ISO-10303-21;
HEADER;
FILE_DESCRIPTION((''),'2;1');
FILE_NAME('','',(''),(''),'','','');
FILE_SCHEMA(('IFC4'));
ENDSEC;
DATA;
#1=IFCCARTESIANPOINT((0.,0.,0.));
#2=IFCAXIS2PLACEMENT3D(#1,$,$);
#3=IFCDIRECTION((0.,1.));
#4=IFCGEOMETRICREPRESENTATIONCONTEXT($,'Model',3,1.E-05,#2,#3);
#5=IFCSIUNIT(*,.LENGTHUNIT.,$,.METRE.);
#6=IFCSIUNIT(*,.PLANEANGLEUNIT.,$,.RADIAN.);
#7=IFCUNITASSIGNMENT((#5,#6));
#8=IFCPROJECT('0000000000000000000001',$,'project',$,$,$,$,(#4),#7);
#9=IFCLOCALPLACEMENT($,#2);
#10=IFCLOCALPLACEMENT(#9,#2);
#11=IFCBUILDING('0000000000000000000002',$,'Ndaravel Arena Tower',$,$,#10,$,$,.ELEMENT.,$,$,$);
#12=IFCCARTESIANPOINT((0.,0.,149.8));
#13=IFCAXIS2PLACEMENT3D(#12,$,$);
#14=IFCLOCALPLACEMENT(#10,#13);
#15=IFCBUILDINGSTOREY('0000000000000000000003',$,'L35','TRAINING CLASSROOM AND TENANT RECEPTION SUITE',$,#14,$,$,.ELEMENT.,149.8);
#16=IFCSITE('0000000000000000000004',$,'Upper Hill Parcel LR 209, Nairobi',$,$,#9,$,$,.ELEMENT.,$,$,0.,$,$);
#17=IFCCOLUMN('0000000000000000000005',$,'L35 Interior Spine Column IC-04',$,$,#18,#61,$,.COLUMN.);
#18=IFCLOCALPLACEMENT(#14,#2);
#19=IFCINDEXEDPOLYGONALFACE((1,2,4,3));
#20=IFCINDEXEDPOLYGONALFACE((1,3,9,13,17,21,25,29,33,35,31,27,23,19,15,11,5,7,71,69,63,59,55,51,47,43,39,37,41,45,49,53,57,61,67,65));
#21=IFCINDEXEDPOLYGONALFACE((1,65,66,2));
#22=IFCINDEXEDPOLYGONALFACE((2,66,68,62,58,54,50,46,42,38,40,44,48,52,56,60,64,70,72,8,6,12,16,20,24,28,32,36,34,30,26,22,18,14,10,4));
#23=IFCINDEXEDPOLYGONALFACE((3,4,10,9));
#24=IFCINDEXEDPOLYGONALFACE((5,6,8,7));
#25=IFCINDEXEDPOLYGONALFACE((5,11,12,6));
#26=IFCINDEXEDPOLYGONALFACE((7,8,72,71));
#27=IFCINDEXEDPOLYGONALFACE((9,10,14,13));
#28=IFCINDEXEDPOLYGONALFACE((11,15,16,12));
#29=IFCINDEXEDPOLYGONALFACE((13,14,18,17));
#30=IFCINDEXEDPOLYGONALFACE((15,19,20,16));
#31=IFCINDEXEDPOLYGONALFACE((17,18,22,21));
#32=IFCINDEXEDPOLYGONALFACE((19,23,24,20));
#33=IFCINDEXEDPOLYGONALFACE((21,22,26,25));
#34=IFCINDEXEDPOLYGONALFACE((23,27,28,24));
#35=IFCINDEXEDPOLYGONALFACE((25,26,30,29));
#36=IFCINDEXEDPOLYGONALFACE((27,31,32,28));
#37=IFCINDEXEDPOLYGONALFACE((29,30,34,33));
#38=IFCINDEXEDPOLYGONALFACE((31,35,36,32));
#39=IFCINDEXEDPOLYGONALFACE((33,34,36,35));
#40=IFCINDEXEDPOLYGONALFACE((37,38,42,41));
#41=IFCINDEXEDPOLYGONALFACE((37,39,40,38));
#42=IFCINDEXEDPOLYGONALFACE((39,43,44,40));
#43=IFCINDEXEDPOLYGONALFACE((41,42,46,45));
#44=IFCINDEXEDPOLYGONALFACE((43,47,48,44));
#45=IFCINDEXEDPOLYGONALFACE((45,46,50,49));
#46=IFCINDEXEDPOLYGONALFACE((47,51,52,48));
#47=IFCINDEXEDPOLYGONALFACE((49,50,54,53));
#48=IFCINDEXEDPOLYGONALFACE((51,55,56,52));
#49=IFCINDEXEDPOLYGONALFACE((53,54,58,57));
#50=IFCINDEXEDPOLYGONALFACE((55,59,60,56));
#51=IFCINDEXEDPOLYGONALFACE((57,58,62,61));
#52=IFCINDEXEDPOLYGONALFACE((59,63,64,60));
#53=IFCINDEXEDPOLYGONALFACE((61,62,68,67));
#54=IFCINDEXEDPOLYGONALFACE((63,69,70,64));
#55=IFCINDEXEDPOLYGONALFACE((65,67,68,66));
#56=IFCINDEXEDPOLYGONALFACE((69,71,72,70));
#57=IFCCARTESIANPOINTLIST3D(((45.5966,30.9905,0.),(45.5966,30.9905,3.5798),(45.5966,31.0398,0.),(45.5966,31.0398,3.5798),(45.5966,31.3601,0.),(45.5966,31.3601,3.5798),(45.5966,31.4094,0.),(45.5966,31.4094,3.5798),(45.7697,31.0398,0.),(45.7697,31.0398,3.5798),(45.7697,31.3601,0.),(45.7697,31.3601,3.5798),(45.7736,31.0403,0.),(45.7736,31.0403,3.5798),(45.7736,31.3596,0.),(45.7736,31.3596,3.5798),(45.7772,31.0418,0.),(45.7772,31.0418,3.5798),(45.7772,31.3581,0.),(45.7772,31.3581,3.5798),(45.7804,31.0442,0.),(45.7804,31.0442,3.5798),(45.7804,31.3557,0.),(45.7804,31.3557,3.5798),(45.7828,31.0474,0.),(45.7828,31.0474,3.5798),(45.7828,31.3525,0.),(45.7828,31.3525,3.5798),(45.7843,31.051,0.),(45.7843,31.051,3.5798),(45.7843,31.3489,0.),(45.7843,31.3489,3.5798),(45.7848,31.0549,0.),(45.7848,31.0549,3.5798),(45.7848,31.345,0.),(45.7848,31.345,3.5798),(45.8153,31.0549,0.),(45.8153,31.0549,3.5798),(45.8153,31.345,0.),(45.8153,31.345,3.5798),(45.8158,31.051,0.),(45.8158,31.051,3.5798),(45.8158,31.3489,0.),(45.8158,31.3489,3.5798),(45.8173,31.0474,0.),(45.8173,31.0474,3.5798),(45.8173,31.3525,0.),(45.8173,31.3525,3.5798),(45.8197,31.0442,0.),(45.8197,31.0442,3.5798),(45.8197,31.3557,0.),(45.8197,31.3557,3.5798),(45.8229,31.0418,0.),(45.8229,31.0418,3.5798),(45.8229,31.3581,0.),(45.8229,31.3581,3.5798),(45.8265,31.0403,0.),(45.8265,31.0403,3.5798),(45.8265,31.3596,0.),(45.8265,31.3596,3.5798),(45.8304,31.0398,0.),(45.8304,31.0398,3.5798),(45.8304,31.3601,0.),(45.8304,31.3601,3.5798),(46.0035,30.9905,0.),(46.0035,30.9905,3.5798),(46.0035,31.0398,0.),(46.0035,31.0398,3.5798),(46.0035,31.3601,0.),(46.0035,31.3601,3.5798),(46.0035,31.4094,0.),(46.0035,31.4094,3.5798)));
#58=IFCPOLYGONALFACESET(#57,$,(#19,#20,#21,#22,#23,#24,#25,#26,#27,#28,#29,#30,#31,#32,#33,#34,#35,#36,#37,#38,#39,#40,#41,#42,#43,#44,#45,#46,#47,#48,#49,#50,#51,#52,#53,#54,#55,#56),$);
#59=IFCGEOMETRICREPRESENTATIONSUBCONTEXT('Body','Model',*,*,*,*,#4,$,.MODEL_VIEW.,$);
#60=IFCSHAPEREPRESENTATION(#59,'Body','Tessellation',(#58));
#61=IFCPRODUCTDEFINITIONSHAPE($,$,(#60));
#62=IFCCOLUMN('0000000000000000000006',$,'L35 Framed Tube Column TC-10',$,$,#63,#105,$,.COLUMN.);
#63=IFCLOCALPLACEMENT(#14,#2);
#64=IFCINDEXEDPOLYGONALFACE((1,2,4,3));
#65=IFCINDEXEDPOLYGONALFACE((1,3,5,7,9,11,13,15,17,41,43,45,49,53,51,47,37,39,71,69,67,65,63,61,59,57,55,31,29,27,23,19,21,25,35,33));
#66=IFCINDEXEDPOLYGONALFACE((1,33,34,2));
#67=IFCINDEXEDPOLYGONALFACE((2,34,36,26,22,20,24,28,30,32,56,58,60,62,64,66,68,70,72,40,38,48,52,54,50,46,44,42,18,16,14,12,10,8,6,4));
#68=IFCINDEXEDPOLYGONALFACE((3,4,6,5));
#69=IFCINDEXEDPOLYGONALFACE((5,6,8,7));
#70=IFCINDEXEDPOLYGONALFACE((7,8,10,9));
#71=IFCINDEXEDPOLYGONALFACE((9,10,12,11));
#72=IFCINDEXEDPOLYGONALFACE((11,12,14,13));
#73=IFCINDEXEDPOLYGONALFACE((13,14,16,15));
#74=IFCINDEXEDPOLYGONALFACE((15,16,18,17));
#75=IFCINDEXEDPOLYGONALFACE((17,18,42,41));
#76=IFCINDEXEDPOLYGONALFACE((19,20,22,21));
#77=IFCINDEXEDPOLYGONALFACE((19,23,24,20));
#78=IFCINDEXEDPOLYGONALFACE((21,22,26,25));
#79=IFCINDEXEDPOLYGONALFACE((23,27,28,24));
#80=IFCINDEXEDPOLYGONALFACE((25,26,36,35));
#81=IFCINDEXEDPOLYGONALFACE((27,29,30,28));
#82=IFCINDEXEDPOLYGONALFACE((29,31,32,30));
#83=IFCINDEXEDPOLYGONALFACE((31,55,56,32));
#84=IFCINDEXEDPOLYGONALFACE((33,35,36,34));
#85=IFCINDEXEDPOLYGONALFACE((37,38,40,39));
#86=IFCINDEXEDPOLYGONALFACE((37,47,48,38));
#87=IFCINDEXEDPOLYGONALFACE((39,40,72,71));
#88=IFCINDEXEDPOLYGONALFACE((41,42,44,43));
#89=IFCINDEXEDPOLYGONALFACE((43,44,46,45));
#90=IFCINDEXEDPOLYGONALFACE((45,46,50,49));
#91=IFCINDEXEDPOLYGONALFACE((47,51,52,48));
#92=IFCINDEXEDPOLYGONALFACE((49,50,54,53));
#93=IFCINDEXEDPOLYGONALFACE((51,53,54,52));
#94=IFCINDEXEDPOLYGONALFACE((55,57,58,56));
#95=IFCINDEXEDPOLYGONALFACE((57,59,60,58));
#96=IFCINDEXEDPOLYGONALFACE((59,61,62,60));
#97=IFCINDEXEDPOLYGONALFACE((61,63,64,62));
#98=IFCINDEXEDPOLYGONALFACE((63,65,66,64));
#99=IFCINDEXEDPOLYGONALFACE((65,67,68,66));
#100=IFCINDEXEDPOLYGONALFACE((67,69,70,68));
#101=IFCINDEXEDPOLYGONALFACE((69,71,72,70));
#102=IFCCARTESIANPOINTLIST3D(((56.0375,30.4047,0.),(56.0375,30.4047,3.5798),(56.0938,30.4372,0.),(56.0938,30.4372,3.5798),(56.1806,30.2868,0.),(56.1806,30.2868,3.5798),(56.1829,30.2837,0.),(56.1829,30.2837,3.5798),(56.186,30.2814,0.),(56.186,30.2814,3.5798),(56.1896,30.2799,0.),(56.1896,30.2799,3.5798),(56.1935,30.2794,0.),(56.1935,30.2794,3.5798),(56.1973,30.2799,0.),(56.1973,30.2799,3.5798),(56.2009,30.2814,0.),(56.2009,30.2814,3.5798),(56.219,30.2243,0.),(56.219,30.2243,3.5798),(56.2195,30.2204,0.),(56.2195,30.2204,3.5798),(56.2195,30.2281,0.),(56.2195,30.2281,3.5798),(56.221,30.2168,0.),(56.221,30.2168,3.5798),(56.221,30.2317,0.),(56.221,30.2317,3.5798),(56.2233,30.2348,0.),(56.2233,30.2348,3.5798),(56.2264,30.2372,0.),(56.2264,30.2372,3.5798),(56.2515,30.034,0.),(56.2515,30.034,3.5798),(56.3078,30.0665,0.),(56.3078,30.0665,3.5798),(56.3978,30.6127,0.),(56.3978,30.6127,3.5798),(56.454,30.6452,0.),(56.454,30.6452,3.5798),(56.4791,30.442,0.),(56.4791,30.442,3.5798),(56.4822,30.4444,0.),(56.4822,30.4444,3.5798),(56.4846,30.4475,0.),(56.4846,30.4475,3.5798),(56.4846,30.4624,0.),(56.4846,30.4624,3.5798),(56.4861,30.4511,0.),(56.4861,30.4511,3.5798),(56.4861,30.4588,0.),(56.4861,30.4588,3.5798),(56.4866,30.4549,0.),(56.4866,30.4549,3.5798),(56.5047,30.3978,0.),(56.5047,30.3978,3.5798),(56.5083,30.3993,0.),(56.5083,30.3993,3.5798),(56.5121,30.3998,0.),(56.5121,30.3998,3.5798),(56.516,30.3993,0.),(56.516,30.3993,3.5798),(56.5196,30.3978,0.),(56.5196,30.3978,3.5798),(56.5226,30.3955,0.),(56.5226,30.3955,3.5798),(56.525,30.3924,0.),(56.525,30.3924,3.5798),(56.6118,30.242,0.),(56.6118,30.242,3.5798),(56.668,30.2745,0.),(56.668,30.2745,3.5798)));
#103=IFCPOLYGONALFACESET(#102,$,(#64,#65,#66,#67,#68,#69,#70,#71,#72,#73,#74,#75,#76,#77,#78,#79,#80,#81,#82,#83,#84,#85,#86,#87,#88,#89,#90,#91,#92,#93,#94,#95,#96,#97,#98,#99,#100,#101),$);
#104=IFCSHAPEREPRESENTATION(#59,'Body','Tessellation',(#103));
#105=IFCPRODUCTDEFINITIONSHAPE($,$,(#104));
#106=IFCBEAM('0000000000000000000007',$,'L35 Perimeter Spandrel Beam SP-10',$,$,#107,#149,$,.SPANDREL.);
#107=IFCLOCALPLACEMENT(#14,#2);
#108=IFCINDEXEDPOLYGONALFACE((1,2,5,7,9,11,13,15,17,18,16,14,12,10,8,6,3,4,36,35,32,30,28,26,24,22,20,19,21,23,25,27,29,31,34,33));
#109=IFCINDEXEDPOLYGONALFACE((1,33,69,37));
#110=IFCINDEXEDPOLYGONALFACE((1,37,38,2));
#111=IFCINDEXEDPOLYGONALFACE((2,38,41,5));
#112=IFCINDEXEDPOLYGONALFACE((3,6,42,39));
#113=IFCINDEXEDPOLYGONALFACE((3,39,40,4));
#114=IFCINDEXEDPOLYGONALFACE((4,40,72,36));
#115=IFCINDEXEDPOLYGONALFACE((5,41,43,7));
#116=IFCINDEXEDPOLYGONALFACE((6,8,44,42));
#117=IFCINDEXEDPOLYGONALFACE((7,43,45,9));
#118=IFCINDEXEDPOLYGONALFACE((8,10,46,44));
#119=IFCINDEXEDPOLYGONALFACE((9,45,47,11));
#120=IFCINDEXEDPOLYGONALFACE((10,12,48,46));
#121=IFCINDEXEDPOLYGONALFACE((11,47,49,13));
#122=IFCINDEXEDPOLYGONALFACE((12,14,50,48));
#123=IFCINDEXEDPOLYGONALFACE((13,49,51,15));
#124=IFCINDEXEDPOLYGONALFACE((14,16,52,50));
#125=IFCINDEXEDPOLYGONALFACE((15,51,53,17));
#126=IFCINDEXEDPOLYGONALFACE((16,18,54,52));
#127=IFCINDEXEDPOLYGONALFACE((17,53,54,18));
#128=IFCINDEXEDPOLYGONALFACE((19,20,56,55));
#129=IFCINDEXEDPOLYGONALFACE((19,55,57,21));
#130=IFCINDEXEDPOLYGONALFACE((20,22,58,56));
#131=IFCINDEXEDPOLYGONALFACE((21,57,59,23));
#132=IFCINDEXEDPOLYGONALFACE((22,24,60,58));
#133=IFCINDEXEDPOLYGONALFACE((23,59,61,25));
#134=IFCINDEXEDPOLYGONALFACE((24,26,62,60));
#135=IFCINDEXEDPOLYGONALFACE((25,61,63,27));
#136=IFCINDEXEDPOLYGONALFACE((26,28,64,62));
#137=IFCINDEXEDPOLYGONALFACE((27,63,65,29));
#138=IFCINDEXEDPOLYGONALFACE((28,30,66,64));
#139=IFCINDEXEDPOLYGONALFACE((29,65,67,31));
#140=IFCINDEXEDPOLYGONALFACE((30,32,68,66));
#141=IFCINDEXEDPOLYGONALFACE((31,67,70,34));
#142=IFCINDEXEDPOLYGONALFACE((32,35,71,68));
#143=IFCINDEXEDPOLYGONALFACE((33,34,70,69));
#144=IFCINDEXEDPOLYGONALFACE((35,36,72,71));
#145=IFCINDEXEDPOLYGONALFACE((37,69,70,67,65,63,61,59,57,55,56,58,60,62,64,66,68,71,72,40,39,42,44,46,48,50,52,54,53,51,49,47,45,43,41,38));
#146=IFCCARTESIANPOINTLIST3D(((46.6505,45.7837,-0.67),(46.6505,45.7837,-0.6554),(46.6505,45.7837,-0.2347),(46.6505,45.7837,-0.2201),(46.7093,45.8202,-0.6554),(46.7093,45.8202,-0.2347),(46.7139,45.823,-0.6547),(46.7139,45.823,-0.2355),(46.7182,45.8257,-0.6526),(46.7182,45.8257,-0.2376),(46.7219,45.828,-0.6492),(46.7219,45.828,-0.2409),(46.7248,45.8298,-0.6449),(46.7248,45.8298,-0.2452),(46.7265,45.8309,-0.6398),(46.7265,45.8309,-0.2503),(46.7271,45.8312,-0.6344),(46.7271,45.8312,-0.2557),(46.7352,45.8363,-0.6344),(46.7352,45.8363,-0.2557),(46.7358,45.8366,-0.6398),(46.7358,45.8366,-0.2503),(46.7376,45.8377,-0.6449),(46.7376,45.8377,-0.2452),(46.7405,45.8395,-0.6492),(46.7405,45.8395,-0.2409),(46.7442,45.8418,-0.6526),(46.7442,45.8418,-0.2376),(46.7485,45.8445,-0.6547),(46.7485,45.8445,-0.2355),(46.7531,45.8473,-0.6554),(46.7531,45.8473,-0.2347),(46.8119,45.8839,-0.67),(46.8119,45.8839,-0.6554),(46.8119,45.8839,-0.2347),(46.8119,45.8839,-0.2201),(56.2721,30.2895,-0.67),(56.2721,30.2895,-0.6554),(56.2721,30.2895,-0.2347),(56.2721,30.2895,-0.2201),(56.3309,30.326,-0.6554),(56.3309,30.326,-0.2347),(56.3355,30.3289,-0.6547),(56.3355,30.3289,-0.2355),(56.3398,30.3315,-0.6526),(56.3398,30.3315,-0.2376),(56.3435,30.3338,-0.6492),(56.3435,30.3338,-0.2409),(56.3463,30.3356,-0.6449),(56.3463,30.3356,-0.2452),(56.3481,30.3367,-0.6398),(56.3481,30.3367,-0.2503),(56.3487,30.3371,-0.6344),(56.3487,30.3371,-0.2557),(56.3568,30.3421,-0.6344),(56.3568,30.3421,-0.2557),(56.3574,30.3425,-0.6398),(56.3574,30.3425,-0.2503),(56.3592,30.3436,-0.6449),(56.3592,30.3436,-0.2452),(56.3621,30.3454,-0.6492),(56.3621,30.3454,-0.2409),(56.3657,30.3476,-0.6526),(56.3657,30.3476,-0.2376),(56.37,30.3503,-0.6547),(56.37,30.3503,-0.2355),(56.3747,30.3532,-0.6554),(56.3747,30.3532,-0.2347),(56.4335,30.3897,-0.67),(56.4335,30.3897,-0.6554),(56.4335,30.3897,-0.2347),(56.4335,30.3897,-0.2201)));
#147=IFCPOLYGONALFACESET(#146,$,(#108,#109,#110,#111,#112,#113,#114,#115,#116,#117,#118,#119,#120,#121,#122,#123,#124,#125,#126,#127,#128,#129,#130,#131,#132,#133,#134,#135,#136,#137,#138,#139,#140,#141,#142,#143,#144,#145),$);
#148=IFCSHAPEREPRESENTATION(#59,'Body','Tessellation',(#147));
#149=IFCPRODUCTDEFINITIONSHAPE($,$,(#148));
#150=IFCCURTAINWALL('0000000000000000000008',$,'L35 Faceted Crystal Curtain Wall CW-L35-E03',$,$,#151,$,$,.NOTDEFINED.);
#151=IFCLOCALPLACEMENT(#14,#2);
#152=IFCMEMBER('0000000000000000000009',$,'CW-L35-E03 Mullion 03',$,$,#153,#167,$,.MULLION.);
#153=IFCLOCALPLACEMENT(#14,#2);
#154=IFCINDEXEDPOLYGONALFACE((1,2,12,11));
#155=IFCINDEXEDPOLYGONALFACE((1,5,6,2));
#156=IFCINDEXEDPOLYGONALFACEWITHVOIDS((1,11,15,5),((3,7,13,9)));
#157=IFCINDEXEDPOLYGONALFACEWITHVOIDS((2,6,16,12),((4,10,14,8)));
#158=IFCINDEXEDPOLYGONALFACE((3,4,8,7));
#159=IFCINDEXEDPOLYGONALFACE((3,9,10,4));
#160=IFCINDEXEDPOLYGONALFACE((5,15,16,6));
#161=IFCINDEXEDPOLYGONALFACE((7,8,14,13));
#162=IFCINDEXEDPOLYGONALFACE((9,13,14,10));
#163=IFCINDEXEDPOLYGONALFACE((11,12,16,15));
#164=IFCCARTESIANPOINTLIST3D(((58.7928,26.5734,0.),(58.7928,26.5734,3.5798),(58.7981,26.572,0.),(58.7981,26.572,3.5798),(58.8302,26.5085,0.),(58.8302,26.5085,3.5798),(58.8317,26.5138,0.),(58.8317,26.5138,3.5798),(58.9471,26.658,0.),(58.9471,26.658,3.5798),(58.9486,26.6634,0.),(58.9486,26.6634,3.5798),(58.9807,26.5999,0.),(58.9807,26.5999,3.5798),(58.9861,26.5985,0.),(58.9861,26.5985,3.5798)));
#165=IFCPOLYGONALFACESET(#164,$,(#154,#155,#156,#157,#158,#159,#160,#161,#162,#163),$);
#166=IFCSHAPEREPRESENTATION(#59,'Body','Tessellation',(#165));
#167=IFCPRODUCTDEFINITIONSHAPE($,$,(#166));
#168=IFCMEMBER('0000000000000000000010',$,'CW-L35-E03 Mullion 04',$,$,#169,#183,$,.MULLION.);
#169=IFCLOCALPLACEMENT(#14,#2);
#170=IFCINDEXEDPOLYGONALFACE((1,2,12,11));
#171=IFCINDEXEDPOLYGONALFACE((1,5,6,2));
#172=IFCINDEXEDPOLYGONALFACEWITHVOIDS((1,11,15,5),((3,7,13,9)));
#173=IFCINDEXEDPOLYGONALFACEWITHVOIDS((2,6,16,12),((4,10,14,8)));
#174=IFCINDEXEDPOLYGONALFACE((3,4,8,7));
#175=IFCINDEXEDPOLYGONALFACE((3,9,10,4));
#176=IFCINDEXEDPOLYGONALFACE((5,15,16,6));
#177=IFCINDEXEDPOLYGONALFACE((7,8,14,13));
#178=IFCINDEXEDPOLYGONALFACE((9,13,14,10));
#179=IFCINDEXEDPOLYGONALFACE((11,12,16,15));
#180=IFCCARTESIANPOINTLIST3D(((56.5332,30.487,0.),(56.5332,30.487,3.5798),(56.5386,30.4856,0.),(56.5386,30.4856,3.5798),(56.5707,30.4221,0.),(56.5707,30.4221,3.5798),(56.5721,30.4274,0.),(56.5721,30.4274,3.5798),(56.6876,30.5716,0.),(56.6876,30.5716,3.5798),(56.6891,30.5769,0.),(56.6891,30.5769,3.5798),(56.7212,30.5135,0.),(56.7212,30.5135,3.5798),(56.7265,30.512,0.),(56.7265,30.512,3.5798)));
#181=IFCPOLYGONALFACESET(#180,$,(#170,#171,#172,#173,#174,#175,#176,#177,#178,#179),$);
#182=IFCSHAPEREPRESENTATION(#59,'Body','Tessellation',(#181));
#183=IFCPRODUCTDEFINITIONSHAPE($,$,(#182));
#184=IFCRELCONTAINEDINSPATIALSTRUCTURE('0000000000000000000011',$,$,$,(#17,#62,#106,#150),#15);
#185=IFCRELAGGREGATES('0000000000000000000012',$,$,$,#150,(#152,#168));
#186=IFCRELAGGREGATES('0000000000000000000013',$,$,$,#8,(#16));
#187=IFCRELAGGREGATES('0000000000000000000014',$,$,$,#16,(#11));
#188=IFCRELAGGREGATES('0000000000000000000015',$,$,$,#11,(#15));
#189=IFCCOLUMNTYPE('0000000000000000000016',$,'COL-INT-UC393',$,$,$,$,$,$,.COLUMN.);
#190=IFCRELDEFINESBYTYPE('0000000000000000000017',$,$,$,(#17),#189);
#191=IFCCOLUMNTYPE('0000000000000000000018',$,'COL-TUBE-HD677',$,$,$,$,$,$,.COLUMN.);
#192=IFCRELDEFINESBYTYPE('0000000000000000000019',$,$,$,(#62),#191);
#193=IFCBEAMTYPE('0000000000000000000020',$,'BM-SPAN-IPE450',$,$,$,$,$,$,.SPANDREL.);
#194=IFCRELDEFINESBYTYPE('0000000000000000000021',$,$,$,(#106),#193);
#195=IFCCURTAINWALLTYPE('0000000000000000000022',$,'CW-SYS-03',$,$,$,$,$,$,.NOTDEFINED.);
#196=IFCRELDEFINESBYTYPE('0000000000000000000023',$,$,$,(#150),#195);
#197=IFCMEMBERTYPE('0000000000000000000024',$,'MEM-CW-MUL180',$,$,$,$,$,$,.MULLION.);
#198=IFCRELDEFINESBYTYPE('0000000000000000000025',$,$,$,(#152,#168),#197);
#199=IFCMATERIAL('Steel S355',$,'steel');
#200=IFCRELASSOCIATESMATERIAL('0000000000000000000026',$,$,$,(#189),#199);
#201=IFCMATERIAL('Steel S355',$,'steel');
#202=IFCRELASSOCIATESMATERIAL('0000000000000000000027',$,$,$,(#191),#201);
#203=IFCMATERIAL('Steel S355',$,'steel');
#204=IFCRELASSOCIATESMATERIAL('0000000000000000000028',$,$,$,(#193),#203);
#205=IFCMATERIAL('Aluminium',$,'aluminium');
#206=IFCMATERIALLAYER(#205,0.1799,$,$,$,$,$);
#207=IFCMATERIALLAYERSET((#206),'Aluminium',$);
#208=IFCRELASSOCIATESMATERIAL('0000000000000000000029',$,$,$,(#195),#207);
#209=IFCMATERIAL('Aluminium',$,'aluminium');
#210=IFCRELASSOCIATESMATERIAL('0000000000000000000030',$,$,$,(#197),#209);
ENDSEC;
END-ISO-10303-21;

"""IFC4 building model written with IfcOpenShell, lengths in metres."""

from ifc_helpers import new_model, si_unit, direction, frame, origin, origin_2d, place, context, subcontext, project, spatial, hollow_rectangle, i_section, extrude, material, layer, layer_set, material_profile, profile_set, type_object, element, aggregate, save


model = new_model("IFC4")

# Units and contexts
model_context = context("Model", 3, precision=1e-05, world=origin(), true_north=direction((0.0, 1.0)))
body_context = subcontext(model_context, "Body", "Model", "MODEL_VIEW")
ifc_project = project(units=[si_unit("LENGTHUNIT", "METRE"), si_unit("PLANEANGLEUNIT", "RADIAN")], contexts=[model_context])

# Site, building, storey
site_placement = place(None, origin())
site = spatial("IfcSite", under=ifc_project, at=site_placement, Name="Upper Hill Parcel LR 209, Nairobi", CompositionType="ELEMENT", RefElevation=0.0)
building_placement = place(site_placement, origin())
building = spatial("IfcBuilding", under=site, at=building_placement, Name="Ndaravel Arena Tower", CompositionType="ELEMENT")
storey_placement = place(building_placement, frame((0.0, 0.0, 149.8)))
storey = spatial("IfcBuildingStorey", under=building, at=storey_placement, Name="L35", Description="TRAINING CLASSROOM AND TENANT RECEPTION SUITE", CompositionType="ELEMENT", Elevation=149.8)

# Columns
ifc_material_1 = material(Name="Steel S355", Category="steel")
ifc_material_profile_1 = material_profile(ifc_material_1, i_section(OverallWidth=0.407, OverallDepth=0.4189, WebThickness=0.0305, FlangeThickness=0.0493, FilletRadius=0.0151, at=origin_2d()), Name="UC 356x406x393")
ifc_profile_set_1 = profile_set([ifc_material_profile_1], Name="Steel S355")
column_type_1 = type_object("IfcColumnType", Name="COL-INT-UC393", PredefinedType="COLUMN", material=ifc_profile_set_1)
column_1_placement = place(storey_placement, frame((45.8, 31.2, 0.0), z_axis=(0.0, 0.0, 1.0), x_axis=(1.0, 0.0, 0.0)))
element("IfcColumn", 1, at=column_1_placement, inside=storey, type_object=column_type_1, Name="L35 Interior Spine Column IC-04", PredefinedType="COLUMN", context=body_context, shape_type="SweptSolid", body=[
    extrude(i_section(OverallWidth=0.407, OverallDepth=0.4189, WebThickness=0.0305, FlangeThickness=0.0493, FilletRadius=0.0151, at=origin_2d()), origin(), (0.0, 0.0, 1.0), 3.5798),
])
ifc_material_2 = material(Name="Steel S355", Category="steel")
ifc_material_profile_2 = material_profile(ifc_material_2, i_section(OverallWidth=0.428, OverallDepth=0.481, WebThickness=0.051, FlangeThickness=0.0649, FilletRadius=0.0149, at=origin_2d()), Name="HD 400x677")
ifc_profile_set_2 = profile_set([ifc_material_profile_2], Name="Steel S355")
column_type_2 = type_object("IfcColumnType", Name="COL-TUBE-HD677", PredefinedType="COLUMN", material=ifc_profile_set_2)
column_2_placement = place(storey_placement, frame((56.3528, 30.3396, 0.0), z_axis=(0.0, 0.0, 1.0), x_axis=(-0.5, 0.866025, 0.0)))
element("IfcColumn", 2, at=column_2_placement, inside=storey, type_object=column_type_2, Name="L35 Framed Tube Column TC-10", PredefinedType="COLUMN", context=body_context, shape_type="SweptSolid", body=[
    extrude(i_section(OverallWidth=0.428, OverallDepth=0.481, WebThickness=0.051, FlangeThickness=0.0649, FilletRadius=0.0149, at=origin_2d()), origin(), (0.0, 0.0, 1.0), 3.5798),
])

# Beam
ifc_material_3 = material(Name="Steel S355", Category="steel")
ifc_material_profile_3 = material_profile(ifc_material_3, i_section(OverallWidth=0.1899, OverallDepth=0.45, WebThickness=0.0095, FlangeThickness=0.0146, FilletRadius=0.021, at=origin_2d()), Name="IPE 450")
ifc_profile_set_3 = profile_set([ifc_material_profile_3], Name="Steel S355")
beam_type = type_object("IfcBeamType", Name="BM-SPAN-IPE450", PredefinedType="SPANDREL", material=ifc_profile_set_3)
beam_placement = place(storey_placement, frame((56.3528, 30.3396, -0.4451), z_axis=(-0.527542, 0.849529, 0.0), x_axis=(-0.849529, -0.527542, 0.0)))
element("IfcBeam", 3, at=beam_placement, inside=storey, type_object=beam_type, Name="L35 Perimeter Spandrel Beam SP-10", PredefinedType="SPANDREL", context=body_context, shape_type="SweptSolid", body=[
    extrude(i_section(OverallWidth=0.1899, OverallDepth=0.45, WebThickness=0.0095, FlangeThickness=0.0146, FilletRadius=0.021, at=origin_2d()), origin(), (0.0, 0.0, 1.0), 18.2385),
])

# Curtain wall, members
ifc_material_4 = material(Name="Aluminium", Category="aluminium")
ifc_layer_1 = layer(ifc_material_4, 0.1799)
ifc_layer_set_1 = layer_set([ifc_layer_1], Name="Aluminium")
curtain_wall_type = type_object("IfcCurtainWallType", Name="CW-SYS-03", PredefinedType="NOTDEFINED", material=ifc_layer_set_1)
curtain_wall_placement = place(storey_placement, origin())
curtain_wall = element("IfcCurtainWall", 4, at=curtain_wall_placement, inside=storey, type_object=curtain_wall_type, Name="L35 Faceted Crystal Curtain Wall CW-L35-E03", PredefinedType="NOTDEFINED")
ifc_material_5 = material(Name="Aluminium", Category="aluminium")
ifc_material_profile_4 = material_profile(ifc_material_5, hollow_rectangle(XDim=0.075, YDim=0.1799, WallThickness=0.0039, at=origin_2d()), Name="CW MULLION 75x180x4")
ifc_profile_set_4 = profile_set([ifc_material_profile_4], Name="Aluminium")
member_type = type_object("IfcMemberType", Name="MEM-CW-MUL180", PredefinedType="MULLION", material=ifc_profile_set_4)
member_1_placement = place(storey_placement, frame((58.8894, 26.5859, 0.0), z_axis=(0.0, 0.0, 1.0), x_axis=(-0.5, 0.866025, 0.0)))
member_1 = element("IfcMember", 5, at=member_1_placement, type_object=member_type, Name="CW-L35-E03 Mullion 03", PredefinedType="MULLION", context=body_context, shape_type="SweptSolid", body=[
    extrude(hollow_rectangle(XDim=0.075, YDim=0.1799, WallThickness=0.0039, at=origin_2d()), origin(), (0.0, 0.0, 1.0), 3.5798),
])
member_2_placement = place(storey_placement, frame((56.6299, 30.4995, 0.0), z_axis=(0.0, 0.0, 1.0), x_axis=(-0.5, 0.866025, 0.0)))
member_2 = element("IfcMember", 6, at=member_2_placement, type_object=member_type, Name="CW-L35-E03 Mullion 04", PredefinedType="MULLION", context=body_context, shape_type="SweptSolid", body=[
    extrude(hollow_rectangle(XDim=0.075, YDim=0.1799, WallThickness=0.0039, at=origin_2d()), origin(), (0.0, 0.0, 1.0), 3.5798),
])
aggregate(curtain_wall, [member_1, member_2])

save(model, "model.ifc")
